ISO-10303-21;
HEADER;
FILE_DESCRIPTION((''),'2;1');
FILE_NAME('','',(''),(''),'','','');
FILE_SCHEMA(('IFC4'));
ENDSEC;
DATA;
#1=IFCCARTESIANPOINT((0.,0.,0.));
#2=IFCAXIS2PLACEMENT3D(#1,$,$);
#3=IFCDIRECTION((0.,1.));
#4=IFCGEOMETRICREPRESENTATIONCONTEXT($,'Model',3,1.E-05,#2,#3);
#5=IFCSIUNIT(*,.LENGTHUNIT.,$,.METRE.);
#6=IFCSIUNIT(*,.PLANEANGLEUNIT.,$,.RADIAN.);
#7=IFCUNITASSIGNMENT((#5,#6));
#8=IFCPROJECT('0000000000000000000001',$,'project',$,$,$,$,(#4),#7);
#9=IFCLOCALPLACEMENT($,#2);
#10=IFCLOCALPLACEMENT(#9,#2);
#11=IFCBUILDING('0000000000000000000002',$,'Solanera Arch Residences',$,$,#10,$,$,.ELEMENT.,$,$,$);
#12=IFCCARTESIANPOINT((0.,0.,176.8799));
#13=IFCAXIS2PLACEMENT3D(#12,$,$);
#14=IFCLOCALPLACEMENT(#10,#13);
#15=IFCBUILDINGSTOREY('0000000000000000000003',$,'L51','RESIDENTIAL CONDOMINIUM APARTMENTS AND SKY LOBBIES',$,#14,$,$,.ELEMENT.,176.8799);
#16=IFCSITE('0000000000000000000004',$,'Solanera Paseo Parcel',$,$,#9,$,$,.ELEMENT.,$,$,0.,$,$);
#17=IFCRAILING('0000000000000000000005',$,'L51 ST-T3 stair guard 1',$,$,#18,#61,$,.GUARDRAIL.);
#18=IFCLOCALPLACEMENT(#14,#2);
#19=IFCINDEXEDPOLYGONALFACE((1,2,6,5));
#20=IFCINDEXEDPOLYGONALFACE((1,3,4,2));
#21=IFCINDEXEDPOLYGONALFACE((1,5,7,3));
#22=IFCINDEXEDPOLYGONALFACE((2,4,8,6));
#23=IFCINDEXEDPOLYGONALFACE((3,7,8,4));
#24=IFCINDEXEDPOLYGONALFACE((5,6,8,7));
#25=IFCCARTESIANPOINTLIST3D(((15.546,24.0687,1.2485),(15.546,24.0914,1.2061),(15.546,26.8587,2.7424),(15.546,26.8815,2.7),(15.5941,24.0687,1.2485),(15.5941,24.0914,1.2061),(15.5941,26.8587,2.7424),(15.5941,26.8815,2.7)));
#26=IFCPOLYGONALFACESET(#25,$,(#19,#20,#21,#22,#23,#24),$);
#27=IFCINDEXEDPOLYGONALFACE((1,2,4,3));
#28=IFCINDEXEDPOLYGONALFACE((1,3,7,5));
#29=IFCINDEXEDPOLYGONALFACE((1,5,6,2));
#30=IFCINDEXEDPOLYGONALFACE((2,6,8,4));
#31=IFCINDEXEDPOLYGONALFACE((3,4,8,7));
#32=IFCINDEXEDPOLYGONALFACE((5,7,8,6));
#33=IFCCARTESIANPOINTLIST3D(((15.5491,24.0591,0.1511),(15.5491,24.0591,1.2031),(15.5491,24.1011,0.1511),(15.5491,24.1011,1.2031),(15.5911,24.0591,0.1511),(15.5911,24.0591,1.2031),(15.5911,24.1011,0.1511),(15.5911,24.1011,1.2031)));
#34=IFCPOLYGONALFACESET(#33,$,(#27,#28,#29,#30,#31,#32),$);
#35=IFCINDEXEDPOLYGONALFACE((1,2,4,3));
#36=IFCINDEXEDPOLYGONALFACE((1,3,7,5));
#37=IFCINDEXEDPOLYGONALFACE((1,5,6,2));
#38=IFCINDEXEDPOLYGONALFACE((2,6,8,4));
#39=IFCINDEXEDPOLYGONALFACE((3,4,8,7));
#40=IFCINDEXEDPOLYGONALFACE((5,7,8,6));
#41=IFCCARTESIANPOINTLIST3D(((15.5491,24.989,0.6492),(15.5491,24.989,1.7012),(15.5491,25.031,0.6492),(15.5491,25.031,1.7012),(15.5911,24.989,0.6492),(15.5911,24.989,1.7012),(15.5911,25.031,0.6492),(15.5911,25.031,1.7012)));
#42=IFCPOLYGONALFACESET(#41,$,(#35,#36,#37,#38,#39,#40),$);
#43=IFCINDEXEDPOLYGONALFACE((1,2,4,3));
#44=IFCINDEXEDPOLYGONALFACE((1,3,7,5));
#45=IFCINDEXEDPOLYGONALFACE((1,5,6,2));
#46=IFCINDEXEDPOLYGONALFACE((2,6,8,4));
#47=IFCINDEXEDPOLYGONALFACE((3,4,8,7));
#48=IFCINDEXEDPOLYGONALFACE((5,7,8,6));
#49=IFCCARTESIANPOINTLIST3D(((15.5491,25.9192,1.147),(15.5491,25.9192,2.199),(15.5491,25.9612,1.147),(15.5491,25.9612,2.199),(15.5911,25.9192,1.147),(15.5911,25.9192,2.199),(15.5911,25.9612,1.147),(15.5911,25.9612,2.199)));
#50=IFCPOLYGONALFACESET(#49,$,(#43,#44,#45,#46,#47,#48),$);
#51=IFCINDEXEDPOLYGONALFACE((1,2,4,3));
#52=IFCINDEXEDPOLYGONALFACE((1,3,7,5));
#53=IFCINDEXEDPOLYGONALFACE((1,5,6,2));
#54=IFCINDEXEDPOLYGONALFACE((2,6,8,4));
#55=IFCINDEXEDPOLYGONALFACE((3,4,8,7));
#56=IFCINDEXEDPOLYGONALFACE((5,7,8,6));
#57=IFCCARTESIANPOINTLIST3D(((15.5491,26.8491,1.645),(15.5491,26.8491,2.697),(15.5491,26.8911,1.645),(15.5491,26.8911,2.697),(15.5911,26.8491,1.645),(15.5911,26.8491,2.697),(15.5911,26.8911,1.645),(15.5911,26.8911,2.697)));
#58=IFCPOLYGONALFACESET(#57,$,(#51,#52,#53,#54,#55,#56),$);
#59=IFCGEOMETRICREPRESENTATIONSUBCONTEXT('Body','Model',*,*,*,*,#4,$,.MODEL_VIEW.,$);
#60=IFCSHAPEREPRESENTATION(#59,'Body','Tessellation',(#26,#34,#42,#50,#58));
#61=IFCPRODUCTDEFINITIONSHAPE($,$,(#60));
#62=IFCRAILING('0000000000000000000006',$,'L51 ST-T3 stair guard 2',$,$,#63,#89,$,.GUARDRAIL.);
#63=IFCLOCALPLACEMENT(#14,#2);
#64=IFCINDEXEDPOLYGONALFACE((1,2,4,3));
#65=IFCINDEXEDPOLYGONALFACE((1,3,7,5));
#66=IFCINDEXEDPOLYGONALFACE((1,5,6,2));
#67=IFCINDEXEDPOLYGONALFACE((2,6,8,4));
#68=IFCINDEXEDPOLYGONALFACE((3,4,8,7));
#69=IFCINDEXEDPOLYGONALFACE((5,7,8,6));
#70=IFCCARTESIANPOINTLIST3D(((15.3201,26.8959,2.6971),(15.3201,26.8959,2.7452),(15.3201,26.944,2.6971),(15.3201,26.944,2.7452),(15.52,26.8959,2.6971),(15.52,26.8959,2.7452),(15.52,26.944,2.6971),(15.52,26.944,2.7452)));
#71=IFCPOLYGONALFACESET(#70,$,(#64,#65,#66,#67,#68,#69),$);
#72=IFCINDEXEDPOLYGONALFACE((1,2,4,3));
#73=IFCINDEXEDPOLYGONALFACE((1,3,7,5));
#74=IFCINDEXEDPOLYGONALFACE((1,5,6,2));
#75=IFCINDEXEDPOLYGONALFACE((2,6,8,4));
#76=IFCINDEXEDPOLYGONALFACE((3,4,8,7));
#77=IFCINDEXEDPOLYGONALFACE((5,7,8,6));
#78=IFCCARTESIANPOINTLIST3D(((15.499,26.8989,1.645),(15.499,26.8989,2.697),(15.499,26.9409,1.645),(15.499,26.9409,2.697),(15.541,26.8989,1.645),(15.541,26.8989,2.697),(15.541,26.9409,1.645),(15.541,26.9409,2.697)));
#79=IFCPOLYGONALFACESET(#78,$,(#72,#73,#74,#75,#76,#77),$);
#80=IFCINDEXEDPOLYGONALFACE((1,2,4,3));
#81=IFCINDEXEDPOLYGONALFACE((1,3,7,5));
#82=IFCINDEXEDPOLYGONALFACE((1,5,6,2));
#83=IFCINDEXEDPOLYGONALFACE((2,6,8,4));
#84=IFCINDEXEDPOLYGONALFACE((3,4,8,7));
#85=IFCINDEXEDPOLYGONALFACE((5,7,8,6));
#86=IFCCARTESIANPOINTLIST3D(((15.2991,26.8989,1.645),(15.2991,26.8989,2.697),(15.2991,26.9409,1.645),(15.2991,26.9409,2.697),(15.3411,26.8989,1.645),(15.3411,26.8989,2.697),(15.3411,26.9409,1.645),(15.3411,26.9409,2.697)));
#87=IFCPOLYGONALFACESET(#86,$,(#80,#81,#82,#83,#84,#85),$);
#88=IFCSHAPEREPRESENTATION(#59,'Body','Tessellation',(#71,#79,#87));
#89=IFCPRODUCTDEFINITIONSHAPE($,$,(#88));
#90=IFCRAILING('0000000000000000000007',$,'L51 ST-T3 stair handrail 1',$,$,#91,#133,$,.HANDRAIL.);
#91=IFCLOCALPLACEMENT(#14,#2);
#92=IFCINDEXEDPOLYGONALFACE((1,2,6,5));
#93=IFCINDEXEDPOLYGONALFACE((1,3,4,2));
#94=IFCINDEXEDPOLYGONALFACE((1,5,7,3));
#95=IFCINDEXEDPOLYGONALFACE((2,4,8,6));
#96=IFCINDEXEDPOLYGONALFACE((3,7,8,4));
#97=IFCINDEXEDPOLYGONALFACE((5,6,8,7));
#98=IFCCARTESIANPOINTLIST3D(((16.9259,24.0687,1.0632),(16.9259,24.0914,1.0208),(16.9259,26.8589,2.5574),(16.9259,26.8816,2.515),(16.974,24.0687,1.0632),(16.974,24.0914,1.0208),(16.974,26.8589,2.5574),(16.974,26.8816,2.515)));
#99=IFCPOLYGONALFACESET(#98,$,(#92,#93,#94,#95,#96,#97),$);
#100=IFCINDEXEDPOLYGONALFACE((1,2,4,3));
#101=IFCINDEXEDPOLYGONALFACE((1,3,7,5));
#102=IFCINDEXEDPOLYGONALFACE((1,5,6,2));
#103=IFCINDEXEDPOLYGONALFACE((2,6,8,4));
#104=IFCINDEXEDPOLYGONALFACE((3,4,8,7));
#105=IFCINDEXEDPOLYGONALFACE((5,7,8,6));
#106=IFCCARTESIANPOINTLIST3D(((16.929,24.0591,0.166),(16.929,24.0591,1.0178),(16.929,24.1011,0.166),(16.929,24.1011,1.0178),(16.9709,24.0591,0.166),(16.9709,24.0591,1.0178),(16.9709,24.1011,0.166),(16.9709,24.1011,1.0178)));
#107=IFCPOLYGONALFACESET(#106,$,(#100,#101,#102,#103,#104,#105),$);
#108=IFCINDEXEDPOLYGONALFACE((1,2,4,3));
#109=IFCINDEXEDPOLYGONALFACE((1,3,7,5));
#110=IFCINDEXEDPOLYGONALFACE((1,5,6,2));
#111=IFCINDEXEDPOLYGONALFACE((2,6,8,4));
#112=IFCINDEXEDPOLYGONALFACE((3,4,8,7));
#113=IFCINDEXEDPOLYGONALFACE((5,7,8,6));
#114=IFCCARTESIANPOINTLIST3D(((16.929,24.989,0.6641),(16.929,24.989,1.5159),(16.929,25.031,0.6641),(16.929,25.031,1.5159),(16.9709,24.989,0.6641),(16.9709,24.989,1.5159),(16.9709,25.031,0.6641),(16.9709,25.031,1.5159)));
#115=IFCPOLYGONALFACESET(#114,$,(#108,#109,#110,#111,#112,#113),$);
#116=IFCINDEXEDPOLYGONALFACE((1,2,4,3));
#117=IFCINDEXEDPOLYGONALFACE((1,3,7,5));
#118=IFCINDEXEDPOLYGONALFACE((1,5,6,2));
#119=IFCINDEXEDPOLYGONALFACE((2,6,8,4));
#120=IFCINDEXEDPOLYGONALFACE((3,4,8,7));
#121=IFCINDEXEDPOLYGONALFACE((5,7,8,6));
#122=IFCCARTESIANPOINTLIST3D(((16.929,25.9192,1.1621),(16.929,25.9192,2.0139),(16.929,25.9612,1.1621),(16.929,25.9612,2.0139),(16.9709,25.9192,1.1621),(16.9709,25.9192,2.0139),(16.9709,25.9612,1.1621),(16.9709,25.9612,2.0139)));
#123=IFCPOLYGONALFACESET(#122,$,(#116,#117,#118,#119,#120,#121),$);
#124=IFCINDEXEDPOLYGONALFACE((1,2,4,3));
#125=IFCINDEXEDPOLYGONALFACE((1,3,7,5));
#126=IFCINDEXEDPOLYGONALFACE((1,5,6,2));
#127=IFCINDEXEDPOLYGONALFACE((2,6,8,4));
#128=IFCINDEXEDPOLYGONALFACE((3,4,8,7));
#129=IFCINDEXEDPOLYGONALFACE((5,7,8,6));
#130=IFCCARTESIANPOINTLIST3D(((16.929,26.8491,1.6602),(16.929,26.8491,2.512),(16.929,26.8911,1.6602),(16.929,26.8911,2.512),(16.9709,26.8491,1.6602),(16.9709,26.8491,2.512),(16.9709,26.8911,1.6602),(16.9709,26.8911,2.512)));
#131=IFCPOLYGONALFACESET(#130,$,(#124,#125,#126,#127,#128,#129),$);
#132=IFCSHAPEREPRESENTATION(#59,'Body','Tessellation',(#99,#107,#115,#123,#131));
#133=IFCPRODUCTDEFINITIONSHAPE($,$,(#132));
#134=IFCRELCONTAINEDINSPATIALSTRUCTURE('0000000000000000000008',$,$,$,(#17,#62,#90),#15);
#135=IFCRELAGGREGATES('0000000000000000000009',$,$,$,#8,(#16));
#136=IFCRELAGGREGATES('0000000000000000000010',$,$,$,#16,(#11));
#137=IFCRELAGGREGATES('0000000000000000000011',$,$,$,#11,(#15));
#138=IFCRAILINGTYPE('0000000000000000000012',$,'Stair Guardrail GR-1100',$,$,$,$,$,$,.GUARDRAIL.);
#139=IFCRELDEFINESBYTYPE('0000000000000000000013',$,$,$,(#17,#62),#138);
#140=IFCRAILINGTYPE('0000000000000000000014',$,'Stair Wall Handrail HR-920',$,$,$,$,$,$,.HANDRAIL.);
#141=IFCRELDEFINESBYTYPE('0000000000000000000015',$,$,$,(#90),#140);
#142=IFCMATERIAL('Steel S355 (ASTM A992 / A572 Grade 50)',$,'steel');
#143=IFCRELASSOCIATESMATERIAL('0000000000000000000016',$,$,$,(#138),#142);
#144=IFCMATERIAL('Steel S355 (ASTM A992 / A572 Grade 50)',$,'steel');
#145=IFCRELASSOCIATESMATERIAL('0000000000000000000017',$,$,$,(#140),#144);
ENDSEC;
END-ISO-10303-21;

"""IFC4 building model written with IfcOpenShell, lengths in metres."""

from ifc_helpers import new_model, si_unit, direction, frame, origin, origin_2d, place, context, subcontext, project, spatial, rectangle, extrude, material, type_object, element, save


model = new_model("IFC4")

# Units and contexts
model_context = context("Model", 3, precision=1e-05, world=origin(), true_north=direction((0.0, 1.0)))
body_context = subcontext(model_context, "Body", "Model", "MODEL_VIEW")
ifc_project = project(units=[si_unit("LENGTHUNIT", "METRE"), si_unit("PLANEANGLEUNIT", "RADIAN")], contexts=[model_context])

# Site, building, storey
site_placement = place(None, origin())
site = spatial("IfcSite", under=ifc_project, at=site_placement, Name="Solanera Paseo Parcel", CompositionType="ELEMENT", RefElevation=0.0)
building_placement = place(site_placement, origin())
building = spatial("IfcBuilding", under=site, at=building_placement, Name="Solanera Arch Residences", CompositionType="ELEMENT")
storey_placement = place(building_placement, frame((0.0, 0.0, 176.8799)))
storey = spatial("IfcBuildingStorey", under=building, at=storey_placement, Name="L51", Description="RESIDENTIAL CONDOMINIUM APARTMENTS AND SKY LOBBIES", CompositionType="ELEMENT", Elevation=176.8799)

# Railings
ifc_material_1 = material(Name="Steel S355 (ASTM A992 / A572 Grade 50)", Category="steel")
railing_type_1 = type_object("IfcRailingType", Name="Stair Guardrail GR-1100", PredefinedType="GUARDRAIL", material=ifc_material_1)
railing_1_placement = place(storey_placement, frame((15.5701, 24.0801, 0.1511)))
element("IfcRailing", 1, at=railing_1_placement, inside=storey, type_object=railing_type_1, Name="L51 ST-T3 stair guard 1", PredefinedType="GUARDRAIL", context=body_context, shape_type="SweptSolid", body=[
    extrude(rectangle(XDim=0.0481, YDim=0.0481, at=origin_2d()), frame((0.0, 0.0, 1.0762), z_axis=(0.0, 0.881581, 0.472033), x_axis=(-1.0, 0.0, 0.0)), (0.0, 0.0, 1.0), 3.1648),
    extrude(rectangle(XDim=0.042, YDim=0.042, at=origin_2d()), origin(), (0.0, 0.0, 1.0), 1.052),
    extrude(rectangle(XDim=0.042, YDim=0.042, at=origin_2d()), frame((0.0, 0.9299, 0.498)), (0.0, 0.0, 1.0), 1.052),
    extrude(rectangle(XDim=0.042, YDim=0.042, at=origin_2d()), frame((0.0, 1.8601, 0.9958)), (0.0, 0.0, 1.0), 1.052),
    extrude(rectangle(XDim=0.042, YDim=0.042, at=origin_2d()), frame((0.0, 2.79, 1.4939)), (0.0, 0.0, 1.0), 1.052),
])
railing_2_placement = place(storey_placement, frame((15.52, 26.9199, 1.645)))
element("IfcRailing", 2, at=railing_2_placement, inside=storey, type_object=railing_type_1, Name="L51 ST-T3 stair guard 2", PredefinedType="GUARDRAIL", context=body_context, shape_type="SweptSolid", body=[
    extrude(rectangle(XDim=0.0481, YDim=0.0481, at=origin_2d()), frame((0.0, 0.0, 1.0762), z_axis=(-1.0, 0.0, 0.0), x_axis=(0.0, -1.0, 0.0)), (0.0, 0.0, 1.0), 0.2),
    extrude(rectangle(XDim=0.042, YDim=0.042, at=origin_2d()), origin(), (0.0, 0.0, 1.0), 1.052),
    extrude(rectangle(XDim=0.042, YDim=0.042, at=origin_2d()), frame((-0.2, 0.0, 0.0)), (0.0, 0.0, 1.0), 1.052),
])
ifc_material_2 = material(Name="Steel S355 (ASTM A992 / A572 Grade 50)", Category="steel")
railing_type_2 = type_object("IfcRailingType", Name="Stair Wall Handrail HR-920", PredefinedType="HANDRAIL", material=ifc_material_2)
railing_3_placement = place(storey_placement, frame((16.95, 24.0801, 0.166)))
element("IfcRailing", 3, at=railing_3_placement, inside=storey, type_object=railing_type_2, Name="L51 ST-T3 stair handrail 1", PredefinedType="HANDRAIL", context=body_context, shape_type="SweptSolid", body=[
    extrude(rectangle(XDim=0.0481, YDim=0.0481, at=origin_2d()), frame((0.0, 0.0, 0.876), z_axis=(0.0, 0.881549, 0.472093), x_axis=(-1.0, 0.0, 0.0)), (0.0, 0.0, 1.0), 3.165),
    extrude(rectangle(XDim=0.042, YDim=0.042, at=origin_2d()), origin(), (0.0, 0.0, 1.0), 0.8518),
    extrude(rectangle(XDim=0.042, YDim=0.042, at=origin_2d()), frame((0.0, 0.9299, 0.498)), (0.0, 0.0, 1.0), 0.8518),
    extrude(rectangle(XDim=0.042, YDim=0.042, at=origin_2d()), frame((0.0, 1.8601, 0.9961)), (0.0, 0.0, 1.0), 0.8518),
    extrude(rectangle(XDim=0.042, YDim=0.042, at=origin_2d()), frame((0.0, 2.79, 1.4941)), (0.0, 0.0, 1.0), 0.8518),
])

save(model, "model.ifc")
